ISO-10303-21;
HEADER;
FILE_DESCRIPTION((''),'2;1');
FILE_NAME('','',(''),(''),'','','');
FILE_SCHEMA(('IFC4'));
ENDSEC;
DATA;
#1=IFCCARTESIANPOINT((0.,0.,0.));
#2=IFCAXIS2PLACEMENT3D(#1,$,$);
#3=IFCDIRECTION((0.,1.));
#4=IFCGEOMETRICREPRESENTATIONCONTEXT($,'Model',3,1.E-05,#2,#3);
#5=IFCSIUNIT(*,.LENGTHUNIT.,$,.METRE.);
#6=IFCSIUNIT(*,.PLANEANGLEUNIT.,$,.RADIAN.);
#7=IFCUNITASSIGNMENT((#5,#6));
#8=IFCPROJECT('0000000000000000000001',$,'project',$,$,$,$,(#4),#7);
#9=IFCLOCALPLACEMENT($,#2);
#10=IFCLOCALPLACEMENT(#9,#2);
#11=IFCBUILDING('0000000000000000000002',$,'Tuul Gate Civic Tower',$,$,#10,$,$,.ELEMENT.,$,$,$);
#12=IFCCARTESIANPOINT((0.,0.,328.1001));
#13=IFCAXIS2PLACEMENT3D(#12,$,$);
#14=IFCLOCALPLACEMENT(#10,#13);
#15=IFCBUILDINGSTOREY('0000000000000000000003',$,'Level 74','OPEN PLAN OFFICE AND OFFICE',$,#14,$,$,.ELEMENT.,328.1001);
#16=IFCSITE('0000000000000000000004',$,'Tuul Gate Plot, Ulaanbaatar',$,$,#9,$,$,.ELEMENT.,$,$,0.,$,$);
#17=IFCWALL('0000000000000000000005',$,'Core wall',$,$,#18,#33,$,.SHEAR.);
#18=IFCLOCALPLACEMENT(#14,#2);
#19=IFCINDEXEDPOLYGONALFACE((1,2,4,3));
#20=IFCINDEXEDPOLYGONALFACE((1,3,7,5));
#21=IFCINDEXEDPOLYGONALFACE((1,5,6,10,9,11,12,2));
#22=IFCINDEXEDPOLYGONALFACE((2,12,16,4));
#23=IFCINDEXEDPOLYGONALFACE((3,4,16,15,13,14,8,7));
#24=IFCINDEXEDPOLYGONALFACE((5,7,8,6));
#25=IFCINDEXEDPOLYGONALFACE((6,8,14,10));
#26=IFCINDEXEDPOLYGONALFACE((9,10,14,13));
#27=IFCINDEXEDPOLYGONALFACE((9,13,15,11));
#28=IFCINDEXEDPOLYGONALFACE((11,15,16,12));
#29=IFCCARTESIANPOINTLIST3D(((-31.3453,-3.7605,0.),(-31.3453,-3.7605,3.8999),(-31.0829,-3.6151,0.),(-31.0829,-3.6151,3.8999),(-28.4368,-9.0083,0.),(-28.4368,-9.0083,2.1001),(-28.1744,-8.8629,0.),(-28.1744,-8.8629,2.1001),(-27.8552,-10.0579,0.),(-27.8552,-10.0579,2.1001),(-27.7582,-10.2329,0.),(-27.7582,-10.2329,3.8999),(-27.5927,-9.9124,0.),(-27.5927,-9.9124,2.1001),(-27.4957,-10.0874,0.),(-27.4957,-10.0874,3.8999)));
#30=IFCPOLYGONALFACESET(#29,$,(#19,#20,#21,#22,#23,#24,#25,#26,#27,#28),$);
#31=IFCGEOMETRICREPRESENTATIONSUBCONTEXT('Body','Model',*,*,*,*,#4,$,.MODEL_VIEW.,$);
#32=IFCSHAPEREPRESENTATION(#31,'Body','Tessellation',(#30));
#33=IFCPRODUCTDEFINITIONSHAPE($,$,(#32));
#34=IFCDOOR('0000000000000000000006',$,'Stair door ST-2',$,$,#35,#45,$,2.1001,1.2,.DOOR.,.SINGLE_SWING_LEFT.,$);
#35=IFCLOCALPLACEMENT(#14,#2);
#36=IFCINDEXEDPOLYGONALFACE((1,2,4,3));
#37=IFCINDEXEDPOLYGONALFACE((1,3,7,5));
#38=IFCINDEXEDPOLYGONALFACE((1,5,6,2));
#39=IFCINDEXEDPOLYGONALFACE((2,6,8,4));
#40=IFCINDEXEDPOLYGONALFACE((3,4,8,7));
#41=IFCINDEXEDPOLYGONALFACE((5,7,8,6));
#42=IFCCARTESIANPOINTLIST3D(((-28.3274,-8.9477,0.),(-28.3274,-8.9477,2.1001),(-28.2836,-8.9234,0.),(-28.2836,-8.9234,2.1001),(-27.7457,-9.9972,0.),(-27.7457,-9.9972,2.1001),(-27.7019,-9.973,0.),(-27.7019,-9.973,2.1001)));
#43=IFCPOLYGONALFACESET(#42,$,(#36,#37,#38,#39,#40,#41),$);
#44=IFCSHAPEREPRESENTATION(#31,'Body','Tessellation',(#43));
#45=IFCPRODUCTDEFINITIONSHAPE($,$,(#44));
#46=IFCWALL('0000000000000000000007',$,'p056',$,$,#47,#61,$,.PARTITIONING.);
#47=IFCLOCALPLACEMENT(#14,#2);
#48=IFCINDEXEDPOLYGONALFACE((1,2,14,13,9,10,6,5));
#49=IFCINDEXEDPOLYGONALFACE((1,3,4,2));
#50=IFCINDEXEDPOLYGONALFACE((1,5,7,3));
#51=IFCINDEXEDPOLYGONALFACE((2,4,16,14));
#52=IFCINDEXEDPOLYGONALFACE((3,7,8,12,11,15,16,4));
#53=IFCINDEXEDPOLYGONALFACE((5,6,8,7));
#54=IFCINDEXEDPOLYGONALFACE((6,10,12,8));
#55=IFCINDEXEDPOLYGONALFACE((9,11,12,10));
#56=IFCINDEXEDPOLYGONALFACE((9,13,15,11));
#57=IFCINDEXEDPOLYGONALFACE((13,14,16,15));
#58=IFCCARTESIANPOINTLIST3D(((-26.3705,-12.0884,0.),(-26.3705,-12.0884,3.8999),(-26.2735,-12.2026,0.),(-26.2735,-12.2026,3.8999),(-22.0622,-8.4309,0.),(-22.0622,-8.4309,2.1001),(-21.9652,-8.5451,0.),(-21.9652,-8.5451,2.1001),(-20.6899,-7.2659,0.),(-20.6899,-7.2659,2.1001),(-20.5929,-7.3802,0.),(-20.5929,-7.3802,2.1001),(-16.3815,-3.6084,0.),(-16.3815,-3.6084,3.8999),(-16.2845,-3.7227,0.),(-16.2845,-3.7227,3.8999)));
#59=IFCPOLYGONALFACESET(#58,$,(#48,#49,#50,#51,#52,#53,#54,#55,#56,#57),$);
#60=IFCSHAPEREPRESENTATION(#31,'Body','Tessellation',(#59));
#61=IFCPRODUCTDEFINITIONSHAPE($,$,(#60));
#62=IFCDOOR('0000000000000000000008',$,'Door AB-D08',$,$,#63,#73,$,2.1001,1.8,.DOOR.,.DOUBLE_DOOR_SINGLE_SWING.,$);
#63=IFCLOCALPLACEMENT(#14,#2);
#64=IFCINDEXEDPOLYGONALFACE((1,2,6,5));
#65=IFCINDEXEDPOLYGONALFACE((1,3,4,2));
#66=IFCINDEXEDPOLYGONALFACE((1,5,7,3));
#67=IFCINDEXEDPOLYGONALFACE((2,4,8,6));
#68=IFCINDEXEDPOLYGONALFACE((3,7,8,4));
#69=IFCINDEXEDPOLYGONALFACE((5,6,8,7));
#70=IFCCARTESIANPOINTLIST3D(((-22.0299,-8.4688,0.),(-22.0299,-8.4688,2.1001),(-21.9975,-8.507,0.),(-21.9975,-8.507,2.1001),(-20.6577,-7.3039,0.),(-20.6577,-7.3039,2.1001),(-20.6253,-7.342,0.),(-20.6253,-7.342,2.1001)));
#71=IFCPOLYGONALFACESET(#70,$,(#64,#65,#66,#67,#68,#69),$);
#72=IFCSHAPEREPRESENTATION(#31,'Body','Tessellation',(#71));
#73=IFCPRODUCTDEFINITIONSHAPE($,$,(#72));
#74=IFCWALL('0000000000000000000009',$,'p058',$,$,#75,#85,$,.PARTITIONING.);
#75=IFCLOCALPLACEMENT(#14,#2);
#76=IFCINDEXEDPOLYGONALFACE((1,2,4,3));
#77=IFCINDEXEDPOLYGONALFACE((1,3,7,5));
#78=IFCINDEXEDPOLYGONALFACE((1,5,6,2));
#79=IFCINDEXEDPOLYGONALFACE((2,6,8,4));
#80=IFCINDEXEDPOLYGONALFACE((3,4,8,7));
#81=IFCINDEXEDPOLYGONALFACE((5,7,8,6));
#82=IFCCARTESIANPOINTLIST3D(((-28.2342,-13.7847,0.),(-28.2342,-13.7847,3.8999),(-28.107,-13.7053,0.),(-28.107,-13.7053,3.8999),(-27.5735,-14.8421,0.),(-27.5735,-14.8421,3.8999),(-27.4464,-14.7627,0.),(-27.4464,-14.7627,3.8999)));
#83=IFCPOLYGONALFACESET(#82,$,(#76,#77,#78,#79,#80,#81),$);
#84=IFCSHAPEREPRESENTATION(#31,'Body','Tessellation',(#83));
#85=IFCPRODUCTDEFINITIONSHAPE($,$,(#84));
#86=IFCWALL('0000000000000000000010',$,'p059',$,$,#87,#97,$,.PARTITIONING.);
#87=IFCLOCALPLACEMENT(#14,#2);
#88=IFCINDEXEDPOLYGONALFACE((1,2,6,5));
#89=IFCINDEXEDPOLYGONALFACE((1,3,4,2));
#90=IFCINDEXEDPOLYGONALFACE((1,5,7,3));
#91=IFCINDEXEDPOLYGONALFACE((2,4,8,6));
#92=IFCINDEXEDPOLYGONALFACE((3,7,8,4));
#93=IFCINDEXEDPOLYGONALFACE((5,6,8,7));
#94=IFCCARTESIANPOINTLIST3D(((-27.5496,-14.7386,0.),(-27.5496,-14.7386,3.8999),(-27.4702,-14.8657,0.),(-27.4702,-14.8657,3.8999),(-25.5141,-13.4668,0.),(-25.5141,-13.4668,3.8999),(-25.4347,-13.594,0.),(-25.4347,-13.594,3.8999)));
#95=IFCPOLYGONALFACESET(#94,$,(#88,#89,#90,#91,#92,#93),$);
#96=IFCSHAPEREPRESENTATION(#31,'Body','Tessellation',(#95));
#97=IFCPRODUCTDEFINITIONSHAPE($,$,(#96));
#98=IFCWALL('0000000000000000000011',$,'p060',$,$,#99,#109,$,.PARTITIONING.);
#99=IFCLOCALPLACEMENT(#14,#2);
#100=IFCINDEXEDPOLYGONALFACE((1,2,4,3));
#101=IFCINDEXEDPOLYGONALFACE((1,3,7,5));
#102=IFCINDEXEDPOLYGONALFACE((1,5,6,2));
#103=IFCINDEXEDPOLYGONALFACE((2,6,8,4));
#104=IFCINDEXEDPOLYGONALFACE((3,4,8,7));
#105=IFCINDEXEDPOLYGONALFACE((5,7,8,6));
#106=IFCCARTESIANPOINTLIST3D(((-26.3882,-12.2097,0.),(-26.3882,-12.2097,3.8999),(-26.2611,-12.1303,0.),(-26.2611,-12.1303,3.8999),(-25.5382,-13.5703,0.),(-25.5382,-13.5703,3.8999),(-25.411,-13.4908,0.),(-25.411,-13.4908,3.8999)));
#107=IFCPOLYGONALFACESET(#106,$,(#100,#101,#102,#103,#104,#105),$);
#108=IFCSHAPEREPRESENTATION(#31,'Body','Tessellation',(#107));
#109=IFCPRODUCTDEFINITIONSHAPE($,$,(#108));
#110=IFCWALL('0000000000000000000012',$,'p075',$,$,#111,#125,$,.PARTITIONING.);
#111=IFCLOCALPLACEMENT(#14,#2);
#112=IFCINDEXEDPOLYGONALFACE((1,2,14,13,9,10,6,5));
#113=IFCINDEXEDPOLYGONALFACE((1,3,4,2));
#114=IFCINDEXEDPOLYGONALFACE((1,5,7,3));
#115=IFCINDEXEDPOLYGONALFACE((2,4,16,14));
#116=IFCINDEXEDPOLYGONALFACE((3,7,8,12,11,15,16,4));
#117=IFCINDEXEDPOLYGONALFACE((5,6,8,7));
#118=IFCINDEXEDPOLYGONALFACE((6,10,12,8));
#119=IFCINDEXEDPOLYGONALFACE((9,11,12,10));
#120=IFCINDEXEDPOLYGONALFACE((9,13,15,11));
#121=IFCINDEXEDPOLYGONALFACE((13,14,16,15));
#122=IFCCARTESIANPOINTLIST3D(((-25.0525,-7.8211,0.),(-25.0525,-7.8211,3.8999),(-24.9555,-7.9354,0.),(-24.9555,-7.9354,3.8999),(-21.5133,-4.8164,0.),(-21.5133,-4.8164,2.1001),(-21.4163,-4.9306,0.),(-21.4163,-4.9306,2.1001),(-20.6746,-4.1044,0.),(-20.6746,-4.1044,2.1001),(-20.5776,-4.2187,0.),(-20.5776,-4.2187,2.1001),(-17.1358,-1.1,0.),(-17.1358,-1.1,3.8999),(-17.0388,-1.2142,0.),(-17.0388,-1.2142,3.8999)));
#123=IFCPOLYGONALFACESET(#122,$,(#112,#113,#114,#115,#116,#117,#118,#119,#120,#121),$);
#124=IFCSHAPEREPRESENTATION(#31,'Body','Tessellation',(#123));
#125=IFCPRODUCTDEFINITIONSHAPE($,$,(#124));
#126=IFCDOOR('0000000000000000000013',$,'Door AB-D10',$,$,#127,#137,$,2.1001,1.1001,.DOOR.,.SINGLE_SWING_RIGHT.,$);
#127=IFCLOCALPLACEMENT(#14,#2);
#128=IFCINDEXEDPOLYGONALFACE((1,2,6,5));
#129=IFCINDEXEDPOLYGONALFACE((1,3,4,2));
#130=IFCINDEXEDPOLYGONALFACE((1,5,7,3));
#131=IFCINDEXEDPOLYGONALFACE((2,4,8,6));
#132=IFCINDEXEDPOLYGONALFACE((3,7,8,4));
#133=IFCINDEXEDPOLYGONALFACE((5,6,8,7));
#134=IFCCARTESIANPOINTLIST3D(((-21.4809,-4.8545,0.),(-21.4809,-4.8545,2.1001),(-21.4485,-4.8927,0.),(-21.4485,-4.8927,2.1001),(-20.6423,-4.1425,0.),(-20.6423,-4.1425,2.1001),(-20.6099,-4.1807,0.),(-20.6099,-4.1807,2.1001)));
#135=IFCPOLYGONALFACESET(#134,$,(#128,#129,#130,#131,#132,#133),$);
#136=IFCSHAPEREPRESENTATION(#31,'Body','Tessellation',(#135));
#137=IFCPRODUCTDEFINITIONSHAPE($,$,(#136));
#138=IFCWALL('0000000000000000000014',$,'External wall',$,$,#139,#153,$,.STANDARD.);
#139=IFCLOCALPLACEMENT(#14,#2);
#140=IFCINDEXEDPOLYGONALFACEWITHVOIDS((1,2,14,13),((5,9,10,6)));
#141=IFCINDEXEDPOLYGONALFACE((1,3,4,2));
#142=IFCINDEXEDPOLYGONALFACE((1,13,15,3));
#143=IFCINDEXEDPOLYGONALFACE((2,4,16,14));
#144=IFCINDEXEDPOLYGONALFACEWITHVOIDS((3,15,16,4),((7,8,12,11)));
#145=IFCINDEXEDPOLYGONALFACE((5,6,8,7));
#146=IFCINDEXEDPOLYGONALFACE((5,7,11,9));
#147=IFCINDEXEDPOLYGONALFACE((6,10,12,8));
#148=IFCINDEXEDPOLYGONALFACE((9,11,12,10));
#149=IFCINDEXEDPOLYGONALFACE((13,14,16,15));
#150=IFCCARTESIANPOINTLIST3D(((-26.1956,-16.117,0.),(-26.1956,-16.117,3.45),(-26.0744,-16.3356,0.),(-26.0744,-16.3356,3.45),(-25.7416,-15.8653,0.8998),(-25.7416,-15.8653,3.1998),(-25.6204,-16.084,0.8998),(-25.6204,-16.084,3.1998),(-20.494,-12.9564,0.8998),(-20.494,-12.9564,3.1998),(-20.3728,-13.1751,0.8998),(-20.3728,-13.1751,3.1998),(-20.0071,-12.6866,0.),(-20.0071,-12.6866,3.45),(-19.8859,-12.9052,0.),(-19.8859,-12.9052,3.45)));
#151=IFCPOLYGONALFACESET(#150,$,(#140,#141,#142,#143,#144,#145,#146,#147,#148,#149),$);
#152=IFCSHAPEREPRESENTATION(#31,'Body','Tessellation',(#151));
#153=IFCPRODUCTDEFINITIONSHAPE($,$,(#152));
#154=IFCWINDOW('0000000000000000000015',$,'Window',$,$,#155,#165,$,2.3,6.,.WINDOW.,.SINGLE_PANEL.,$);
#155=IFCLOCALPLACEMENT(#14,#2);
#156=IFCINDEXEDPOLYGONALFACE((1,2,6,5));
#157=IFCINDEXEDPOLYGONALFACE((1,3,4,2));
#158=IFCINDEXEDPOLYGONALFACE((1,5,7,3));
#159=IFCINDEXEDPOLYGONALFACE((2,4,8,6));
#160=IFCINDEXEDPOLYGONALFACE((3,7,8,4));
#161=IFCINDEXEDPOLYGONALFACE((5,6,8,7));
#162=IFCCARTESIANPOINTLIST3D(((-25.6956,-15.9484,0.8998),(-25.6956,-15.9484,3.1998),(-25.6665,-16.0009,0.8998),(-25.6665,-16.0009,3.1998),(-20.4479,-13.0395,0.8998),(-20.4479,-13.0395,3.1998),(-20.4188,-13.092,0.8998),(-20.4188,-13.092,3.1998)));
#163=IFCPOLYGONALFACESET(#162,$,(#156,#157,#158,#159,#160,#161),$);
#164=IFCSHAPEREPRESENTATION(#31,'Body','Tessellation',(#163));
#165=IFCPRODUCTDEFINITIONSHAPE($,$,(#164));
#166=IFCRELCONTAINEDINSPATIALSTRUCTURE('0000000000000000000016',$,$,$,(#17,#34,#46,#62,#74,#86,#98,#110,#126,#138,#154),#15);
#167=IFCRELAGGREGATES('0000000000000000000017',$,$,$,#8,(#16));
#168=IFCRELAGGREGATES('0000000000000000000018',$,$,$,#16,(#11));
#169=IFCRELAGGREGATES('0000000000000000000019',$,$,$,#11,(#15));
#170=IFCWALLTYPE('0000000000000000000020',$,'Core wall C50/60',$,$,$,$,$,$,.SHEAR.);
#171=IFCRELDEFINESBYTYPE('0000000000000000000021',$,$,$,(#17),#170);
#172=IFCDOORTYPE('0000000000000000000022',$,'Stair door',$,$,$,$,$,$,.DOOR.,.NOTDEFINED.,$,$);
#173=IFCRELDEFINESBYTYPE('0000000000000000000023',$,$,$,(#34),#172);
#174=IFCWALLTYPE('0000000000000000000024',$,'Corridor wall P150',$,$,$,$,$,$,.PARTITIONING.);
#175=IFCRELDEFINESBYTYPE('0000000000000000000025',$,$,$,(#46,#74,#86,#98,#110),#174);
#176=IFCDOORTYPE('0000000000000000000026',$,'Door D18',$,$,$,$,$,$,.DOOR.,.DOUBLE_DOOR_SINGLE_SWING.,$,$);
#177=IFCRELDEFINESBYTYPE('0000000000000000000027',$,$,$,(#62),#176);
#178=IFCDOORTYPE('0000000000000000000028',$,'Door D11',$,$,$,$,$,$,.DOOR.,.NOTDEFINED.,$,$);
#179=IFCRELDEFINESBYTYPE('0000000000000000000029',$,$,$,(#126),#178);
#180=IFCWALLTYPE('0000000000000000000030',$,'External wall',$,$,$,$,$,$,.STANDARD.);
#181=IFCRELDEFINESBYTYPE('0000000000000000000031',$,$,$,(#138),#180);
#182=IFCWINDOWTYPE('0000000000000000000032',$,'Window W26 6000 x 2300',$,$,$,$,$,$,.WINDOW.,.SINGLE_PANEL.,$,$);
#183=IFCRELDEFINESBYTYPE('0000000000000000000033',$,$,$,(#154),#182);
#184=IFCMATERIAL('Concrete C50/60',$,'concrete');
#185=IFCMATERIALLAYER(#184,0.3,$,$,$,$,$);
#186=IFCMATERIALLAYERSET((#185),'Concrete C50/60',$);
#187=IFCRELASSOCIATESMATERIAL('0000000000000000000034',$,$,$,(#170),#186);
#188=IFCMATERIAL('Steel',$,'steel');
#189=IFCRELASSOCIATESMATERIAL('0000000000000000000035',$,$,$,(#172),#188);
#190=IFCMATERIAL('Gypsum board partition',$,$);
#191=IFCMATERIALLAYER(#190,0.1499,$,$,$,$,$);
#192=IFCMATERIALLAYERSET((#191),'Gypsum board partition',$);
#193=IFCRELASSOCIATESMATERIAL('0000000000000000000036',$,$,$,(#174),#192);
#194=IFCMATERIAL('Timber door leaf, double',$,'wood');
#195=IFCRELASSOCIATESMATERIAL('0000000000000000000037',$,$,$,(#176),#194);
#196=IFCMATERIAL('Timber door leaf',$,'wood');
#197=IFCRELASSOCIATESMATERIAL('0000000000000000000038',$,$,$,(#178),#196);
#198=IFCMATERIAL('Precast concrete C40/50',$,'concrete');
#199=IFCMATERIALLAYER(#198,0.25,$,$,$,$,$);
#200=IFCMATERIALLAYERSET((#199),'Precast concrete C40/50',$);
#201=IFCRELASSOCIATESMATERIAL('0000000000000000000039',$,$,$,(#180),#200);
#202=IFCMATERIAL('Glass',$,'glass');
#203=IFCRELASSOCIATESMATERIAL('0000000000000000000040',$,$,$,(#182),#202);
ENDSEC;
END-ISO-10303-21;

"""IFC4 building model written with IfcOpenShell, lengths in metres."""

from ifc_helpers import new_model, si_unit, direction, frame, frame_2d, origin, place, context, subcontext, project, spatial, rectangle, extrude, material, layer, layer_set, type_object, element, fill, save


model = new_model("IFC4")

# Units and contexts
model_context = context("Model", 3, precision=1e-05, world=origin(), true_north=direction((0.0, 1.0)))
body_context = subcontext(model_context, "Body", "Model", "MODEL_VIEW")
ifc_project = project(units=[si_unit("LENGTHUNIT", "METRE"), si_unit("PLANEANGLEUNIT", "RADIAN")], contexts=[model_context])

# Site, building, storey
site_placement = place(None, origin())
site = spatial("IfcSite", under=ifc_project, at=site_placement, Name="Tuul Gate Plot, Ulaanbaatar", CompositionType="ELEMENT", RefElevation=0.0)
building_placement = place(site_placement, origin())
building = spatial("IfcBuilding", under=site, at=building_placement, Name="Tuul Gate Civic Tower", CompositionType="ELEMENT")
storey_placement = place(building_placement, frame((0.0, 0.0, 328.1001)))
storey = spatial("IfcBuildingStorey", under=building, at=storey_placement, Name="Level 74", Description="OPEN PLAN OFFICE AND OFFICE", CompositionType="ELEMENT", Elevation=328.1001)

# Shared definitions
ifc_material_1 = material(Name="Concrete C50/60", Category="concrete")
ifc_layer_1 = layer(ifc_material_1, 0.3)
ifc_layer_set_1 = layer_set([ifc_layer_1], Name="Concrete C50/60")
wall_type_1 = type_object("IfcWallType", Name="Core wall C50/60", PredefinedType="SHEAR", material=ifc_layer_set_1)

# Walls, openings, doors
wall_1_placement = place(storey_placement, frame((-27.627, -10.1602, 0.0), z_axis=(0.0, 0.0, 1.0), x_axis=(-0.484752, 0.874652, 0.0)))
wall_1 = element("IfcWall", 1, at=wall_1_placement, inside=storey, type_object=wall_type_1, Name="Core wall", PredefinedType="SHEAR", context=body_context, shape_type="SweptSolid", body=[
    extrude(rectangle(XDim=7.3999, YDim=0.3, at=frame_2d((3.7, 0.0))), origin(), (0.0, 0.0, 1.0), 3.8999),
])
opening_1_placement = place(wall_1_placement, frame((0.2, 0.0, 0.0)))
opening_1 = element("IfcOpeningElement", 2, at=opening_1_placement, cuts=wall_1, PredefinedType="OPENING", context=body_context, shape_type="SweptSolid", body=[
    extrude(rectangle(XDim=1.2, YDim=2.1001, at=frame_2d((0.6001, 1.05))), frame((0.0, 0.1602, 0.0), z_axis=(0.0, -1.0, 0.0), x_axis=(1.0, 0.0, 0.0)), (0.0, 0.0, 1.0), 0.3201),
])
ifc_material_2 = material(Name="Steel", Category="steel")
door_type_1 = type_object("IfcDoorType", Name="Stair door", OperationType="NOTDEFINED", PredefinedType="DOOR", material=ifc_material_2)
door_1_placement = place(opening_1_placement, origin())
door_1 = element("IfcDoor", 3, at=door_1_placement, inside=storey, type_object=door_type_1, Name="Stair door ST-2", OperationType="SINGLE_SWING_LEFT", OverallHeight=2.1001, OverallWidth=1.2, PredefinedType="DOOR", context=body_context, shape_type="SweptSolid", body=[
    extrude(rectangle(XDim=1.2, YDim=2.1001, at=frame_2d((0.6001, 1.05))), frame((0.0, 0.0249, 0.0), z_axis=(0.0, -1.0, 0.0), x_axis=(1.0, 0.0, 0.0)), (0.0, 0.0, 1.0), 0.05),
])
fill(opening_1, door_1)
ifc_material_3 = material(Name="Gypsum board partition")
ifc_layer_2 = layer(ifc_material_3, 0.1499)
ifc_layer_set_2 = layer_set([ifc_layer_2], Name="Gypsum board partition")
wall_type_2 = type_object("IfcWallType", Name="Corridor wall P150", PredefinedType="PARTITIONING", material=ifc_layer_set_2)
wall_2_placement = place(storey_placement, frame((-26.322, -12.1455, 0.0), z_axis=(0.0, 0.0, 1.0), x_axis=(0.762341, 0.647175, 0.0)))
wall_2 = element("IfcWall", 4, at=wall_2_placement, inside=storey, type_object=wall_type_2, Name="p056", PredefinedType="PARTITIONING", context=body_context, shape_type="SweptSolid", body=[
    extrude(rectangle(XDim=13.103, YDim=0.1499, at=frame_2d((6.5515, 0.0))), origin(), (0.0, 0.0, 1.0), 3.8999),
])
opening_2_placement = place(wall_2_placement, frame((5.6516, 0.0, 0.0)))
opening_2 = element("IfcOpeningElement", 5, at=opening_2_placement, cuts=wall_2, PredefinedType="OPENING", context=body_context, shape_type="SweptSolid", body=[
    extrude(rectangle(XDim=1.8, YDim=2.1001, at=frame_2d((0.8999, 1.05))), frame((0.0, 0.085, 0.0), z_axis=(0.0, -1.0, 0.0), x_axis=(1.0, 0.0, 0.0)), (0.0, 0.0, 1.0), 0.1699),
])
ifc_material_4 = material(Name="Timber door leaf, double", Category="wood")
door_type_2 = type_object("IfcDoorType", Name="Door D18", OperationType="DOUBLE_DOOR_SINGLE_SWING", PredefinedType="DOOR", material=ifc_material_4)
door_2_placement = place(opening_2_placement, frame((1.8, 0.0, 0.0), z_axis=(0.0, 0.0, 1.0), x_axis=(-1.0, 0.0, 0.0)))
door_2 = element("IfcDoor", 6, at=door_2_placement, inside=storey, type_object=door_type_2, Name="Door AB-D08", OperationType="DOUBLE_DOOR_SINGLE_SWING", OverallHeight=2.1001, OverallWidth=1.8, PredefinedType="DOOR", context=body_context, shape_type="SweptSolid", body=[
    extrude(rectangle(XDim=1.8, YDim=2.1001, at=frame_2d((0.9001, 1.05))), frame((0.0, 0.0249, 0.0), z_axis=(0.0, -1.0, 0.0), x_axis=(1.0, 0.0, 0.0)), (0.0, 0.0, 1.0), 0.05),
])
fill(opening_2, door_2)

# Walls
wall_3_placement = place(storey_placement, frame((-28.1707, -13.7449, 0.0), z_axis=(0.0, 0.0, 1.0), x_axis=(0.529876, -0.848075, 0.0)))
element("IfcWall", 7, at=wall_3_placement, inside=storey, type_object=wall_type_2, Name="p058", PredefinedType="PARTITIONING", context=body_context, shape_type="SweptSolid", body=[
    extrude(rectangle(XDim=1.2468, YDim=0.1499, at=frame_2d((0.6235, 0.0))), origin(), (0.0, 0.0, 1.0), 3.8999),
])
wall_4_placement = place(storey_placement, frame((-27.51, -14.8022, 0.0), z_axis=(0.0, 0.0, 1.0), x_axis=(0.848073, 0.52988, 0.0)))
element("IfcWall", 8, at=wall_4_placement, inside=storey, type_object=wall_type_2, Name="p059", PredefinedType="PARTITIONING", context=body_context, shape_type="SweptSolid", body=[
    extrude(rectangle(XDim=2.4001, YDim=0.1499, at=frame_2d((1.2002, 0.0))), origin(), (0.0, 0.0, 1.0), 3.8999),
])
wall_5_placement = place(storey_placement, frame((-26.3247, -12.1699, 0.0), z_axis=(0.0, 0.0, 1.0), x_axis=(0.529876, -0.848075, 0.0)))
element("IfcWall", 9, at=wall_5_placement, inside=storey, type_object=wall_type_2, Name="p060", PredefinedType="PARTITIONING", context=body_context, shape_type="SweptSolid", body=[
    extrude(rectangle(XDim=1.6042, YDim=0.1499, at=frame_2d((0.8022, 0.0))), origin(), (0.0, 0.0, 1.0), 3.8999),
])

# Wall, opening, door
wall_6_placement = place(storey_placement, frame((-25.0039, -7.8782, 0.0), z_axis=(0.0, 0.0, 1.0), x_axis=(0.762321, 0.647199, 0.0)))
wall_6 = element("IfcWall", 10, at=wall_6_placement, inside=storey, type_object=wall_type_2, Name="p075", PredefinedType="PARTITIONING", context=body_context, shape_type="SweptSolid", body=[
    extrude(rectangle(XDim=10.385, YDim=0.1499, at=frame_2d((5.1924, 0.0))), origin(), (0.0, 0.0, 1.0), 3.8999),
])
opening_3_placement = place(wall_6_placement, frame((4.6426, 0.0, 0.0)))
opening_3 = element("IfcOpeningElement", 11, at=opening_3_placement, cuts=wall_6, PredefinedType="OPENING", context=body_context, shape_type="SweptSolid", body=[
    extrude(rectangle(XDim=1.1001, YDim=2.1001, at=frame_2d((0.55, 1.05))), frame((0.0, 0.085, 0.0), z_axis=(0.0, -1.0, 0.0), x_axis=(1.0, 0.0, 0.0)), (0.0, 0.0, 1.0), 0.1699),
])
ifc_material_5 = material(Name="Timber door leaf", Category="wood")
door_type_3 = type_object("IfcDoorType", Name="Door D11", OperationType="NOTDEFINED", PredefinedType="DOOR", material=ifc_material_5)
door_3_placement = place(opening_3_placement, origin())
door_3 = element("IfcDoor", 12, at=door_3_placement, inside=storey, type_object=door_type_3, Name="Door AB-D10", OperationType="SINGLE_SWING_RIGHT", OverallHeight=2.1001, OverallWidth=1.1001, PredefinedType="DOOR", context=body_context, shape_type="SweptSolid", body=[
    extrude(rectangle(XDim=1.1001, YDim=2.1001, at=frame_2d((0.55, 1.05))), frame((0.0, 0.0249, 0.0), z_axis=(0.0, -1.0, 0.0), x_axis=(1.0, 0.0, 0.0)), (0.0, 0.0, 1.0), 0.05),
])
fill(opening_3, door_3)

# Wall, opening, window
ifc_material_6 = material(Name="Precast concrete C40/50", Category="concrete")
ifc_layer_3 = layer(ifc_material_6, 0.25)
ifc_layer_set_3 = layer_set([ifc_layer_3], Name="Precast concrete C40/50")
wall_type_3 = type_object("IfcWallType", Name="External wall", PredefinedType="STANDARD", material=ifc_layer_set_3)
wall_7_placement = place(storey_placement, frame((-26.135, -16.2263, 0.0), z_axis=(0.0, 0.0, 1.0), x_axis=(0.874614, 0.484819, 0.0)))
wall_7 = element("IfcWall", 13, at=wall_7_placement, inside=storey, type_object=wall_type_3, Name="External wall", PredefinedType="STANDARD", context=body_context, shape_type="SweptSolid", body=[
    extrude(rectangle(XDim=7.0757, YDim=0.25, at=frame_2d((3.5378, 0.0))), origin(), (0.0, 0.0, 1.0), 3.45),
])
opening_4_placement = place(wall_7_placement, frame((0.519, 0.0, 0.8999)))
opening_4 = element("IfcOpeningElement", 14, at=opening_4_placement, cuts=wall_7, PredefinedType="OPENING", context=body_context, shape_type="SweptSolid", body=[
    extrude(rectangle(XDim=6.0, YDim=2.3, at=frame_2d((3.0, 1.1499))), frame((0.0, 0.135, 0.0), z_axis=(0.0, -1.0, 0.0), x_axis=(1.0, 0.0, 0.0)), (0.0, 0.0, 1.0), 0.27),
])
ifc_material_7 = material(Name="Glass", Category="glass")
window_type = type_object("IfcWindowType", Name="Window W26 6000 x 2300", PartitioningType="SINGLE_PANEL", PredefinedType="WINDOW", material=ifc_material_7)
window_placement = place(opening_4_placement, origin())
window = element("IfcWindow", 15, at=window_placement, inside=storey, type_object=window_type, Name="Window", OverallHeight=2.3, OverallWidth=6.0, PartitioningType="SINGLE_PANEL", PredefinedType="WINDOW", context=body_context, shape_type="SweptSolid", body=[
    extrude(rectangle(XDim=6.0, YDim=2.3, at=frame_2d((3.0, 1.1499))), frame((0.0, 0.03, 0.0), z_axis=(0.0, -1.0, 0.0), x_axis=(1.0, 0.0, 0.0)), (0.0, 0.0, 1.0), 0.0601),
])
fill(opening_4, window)

save(model, "model.ifc")
